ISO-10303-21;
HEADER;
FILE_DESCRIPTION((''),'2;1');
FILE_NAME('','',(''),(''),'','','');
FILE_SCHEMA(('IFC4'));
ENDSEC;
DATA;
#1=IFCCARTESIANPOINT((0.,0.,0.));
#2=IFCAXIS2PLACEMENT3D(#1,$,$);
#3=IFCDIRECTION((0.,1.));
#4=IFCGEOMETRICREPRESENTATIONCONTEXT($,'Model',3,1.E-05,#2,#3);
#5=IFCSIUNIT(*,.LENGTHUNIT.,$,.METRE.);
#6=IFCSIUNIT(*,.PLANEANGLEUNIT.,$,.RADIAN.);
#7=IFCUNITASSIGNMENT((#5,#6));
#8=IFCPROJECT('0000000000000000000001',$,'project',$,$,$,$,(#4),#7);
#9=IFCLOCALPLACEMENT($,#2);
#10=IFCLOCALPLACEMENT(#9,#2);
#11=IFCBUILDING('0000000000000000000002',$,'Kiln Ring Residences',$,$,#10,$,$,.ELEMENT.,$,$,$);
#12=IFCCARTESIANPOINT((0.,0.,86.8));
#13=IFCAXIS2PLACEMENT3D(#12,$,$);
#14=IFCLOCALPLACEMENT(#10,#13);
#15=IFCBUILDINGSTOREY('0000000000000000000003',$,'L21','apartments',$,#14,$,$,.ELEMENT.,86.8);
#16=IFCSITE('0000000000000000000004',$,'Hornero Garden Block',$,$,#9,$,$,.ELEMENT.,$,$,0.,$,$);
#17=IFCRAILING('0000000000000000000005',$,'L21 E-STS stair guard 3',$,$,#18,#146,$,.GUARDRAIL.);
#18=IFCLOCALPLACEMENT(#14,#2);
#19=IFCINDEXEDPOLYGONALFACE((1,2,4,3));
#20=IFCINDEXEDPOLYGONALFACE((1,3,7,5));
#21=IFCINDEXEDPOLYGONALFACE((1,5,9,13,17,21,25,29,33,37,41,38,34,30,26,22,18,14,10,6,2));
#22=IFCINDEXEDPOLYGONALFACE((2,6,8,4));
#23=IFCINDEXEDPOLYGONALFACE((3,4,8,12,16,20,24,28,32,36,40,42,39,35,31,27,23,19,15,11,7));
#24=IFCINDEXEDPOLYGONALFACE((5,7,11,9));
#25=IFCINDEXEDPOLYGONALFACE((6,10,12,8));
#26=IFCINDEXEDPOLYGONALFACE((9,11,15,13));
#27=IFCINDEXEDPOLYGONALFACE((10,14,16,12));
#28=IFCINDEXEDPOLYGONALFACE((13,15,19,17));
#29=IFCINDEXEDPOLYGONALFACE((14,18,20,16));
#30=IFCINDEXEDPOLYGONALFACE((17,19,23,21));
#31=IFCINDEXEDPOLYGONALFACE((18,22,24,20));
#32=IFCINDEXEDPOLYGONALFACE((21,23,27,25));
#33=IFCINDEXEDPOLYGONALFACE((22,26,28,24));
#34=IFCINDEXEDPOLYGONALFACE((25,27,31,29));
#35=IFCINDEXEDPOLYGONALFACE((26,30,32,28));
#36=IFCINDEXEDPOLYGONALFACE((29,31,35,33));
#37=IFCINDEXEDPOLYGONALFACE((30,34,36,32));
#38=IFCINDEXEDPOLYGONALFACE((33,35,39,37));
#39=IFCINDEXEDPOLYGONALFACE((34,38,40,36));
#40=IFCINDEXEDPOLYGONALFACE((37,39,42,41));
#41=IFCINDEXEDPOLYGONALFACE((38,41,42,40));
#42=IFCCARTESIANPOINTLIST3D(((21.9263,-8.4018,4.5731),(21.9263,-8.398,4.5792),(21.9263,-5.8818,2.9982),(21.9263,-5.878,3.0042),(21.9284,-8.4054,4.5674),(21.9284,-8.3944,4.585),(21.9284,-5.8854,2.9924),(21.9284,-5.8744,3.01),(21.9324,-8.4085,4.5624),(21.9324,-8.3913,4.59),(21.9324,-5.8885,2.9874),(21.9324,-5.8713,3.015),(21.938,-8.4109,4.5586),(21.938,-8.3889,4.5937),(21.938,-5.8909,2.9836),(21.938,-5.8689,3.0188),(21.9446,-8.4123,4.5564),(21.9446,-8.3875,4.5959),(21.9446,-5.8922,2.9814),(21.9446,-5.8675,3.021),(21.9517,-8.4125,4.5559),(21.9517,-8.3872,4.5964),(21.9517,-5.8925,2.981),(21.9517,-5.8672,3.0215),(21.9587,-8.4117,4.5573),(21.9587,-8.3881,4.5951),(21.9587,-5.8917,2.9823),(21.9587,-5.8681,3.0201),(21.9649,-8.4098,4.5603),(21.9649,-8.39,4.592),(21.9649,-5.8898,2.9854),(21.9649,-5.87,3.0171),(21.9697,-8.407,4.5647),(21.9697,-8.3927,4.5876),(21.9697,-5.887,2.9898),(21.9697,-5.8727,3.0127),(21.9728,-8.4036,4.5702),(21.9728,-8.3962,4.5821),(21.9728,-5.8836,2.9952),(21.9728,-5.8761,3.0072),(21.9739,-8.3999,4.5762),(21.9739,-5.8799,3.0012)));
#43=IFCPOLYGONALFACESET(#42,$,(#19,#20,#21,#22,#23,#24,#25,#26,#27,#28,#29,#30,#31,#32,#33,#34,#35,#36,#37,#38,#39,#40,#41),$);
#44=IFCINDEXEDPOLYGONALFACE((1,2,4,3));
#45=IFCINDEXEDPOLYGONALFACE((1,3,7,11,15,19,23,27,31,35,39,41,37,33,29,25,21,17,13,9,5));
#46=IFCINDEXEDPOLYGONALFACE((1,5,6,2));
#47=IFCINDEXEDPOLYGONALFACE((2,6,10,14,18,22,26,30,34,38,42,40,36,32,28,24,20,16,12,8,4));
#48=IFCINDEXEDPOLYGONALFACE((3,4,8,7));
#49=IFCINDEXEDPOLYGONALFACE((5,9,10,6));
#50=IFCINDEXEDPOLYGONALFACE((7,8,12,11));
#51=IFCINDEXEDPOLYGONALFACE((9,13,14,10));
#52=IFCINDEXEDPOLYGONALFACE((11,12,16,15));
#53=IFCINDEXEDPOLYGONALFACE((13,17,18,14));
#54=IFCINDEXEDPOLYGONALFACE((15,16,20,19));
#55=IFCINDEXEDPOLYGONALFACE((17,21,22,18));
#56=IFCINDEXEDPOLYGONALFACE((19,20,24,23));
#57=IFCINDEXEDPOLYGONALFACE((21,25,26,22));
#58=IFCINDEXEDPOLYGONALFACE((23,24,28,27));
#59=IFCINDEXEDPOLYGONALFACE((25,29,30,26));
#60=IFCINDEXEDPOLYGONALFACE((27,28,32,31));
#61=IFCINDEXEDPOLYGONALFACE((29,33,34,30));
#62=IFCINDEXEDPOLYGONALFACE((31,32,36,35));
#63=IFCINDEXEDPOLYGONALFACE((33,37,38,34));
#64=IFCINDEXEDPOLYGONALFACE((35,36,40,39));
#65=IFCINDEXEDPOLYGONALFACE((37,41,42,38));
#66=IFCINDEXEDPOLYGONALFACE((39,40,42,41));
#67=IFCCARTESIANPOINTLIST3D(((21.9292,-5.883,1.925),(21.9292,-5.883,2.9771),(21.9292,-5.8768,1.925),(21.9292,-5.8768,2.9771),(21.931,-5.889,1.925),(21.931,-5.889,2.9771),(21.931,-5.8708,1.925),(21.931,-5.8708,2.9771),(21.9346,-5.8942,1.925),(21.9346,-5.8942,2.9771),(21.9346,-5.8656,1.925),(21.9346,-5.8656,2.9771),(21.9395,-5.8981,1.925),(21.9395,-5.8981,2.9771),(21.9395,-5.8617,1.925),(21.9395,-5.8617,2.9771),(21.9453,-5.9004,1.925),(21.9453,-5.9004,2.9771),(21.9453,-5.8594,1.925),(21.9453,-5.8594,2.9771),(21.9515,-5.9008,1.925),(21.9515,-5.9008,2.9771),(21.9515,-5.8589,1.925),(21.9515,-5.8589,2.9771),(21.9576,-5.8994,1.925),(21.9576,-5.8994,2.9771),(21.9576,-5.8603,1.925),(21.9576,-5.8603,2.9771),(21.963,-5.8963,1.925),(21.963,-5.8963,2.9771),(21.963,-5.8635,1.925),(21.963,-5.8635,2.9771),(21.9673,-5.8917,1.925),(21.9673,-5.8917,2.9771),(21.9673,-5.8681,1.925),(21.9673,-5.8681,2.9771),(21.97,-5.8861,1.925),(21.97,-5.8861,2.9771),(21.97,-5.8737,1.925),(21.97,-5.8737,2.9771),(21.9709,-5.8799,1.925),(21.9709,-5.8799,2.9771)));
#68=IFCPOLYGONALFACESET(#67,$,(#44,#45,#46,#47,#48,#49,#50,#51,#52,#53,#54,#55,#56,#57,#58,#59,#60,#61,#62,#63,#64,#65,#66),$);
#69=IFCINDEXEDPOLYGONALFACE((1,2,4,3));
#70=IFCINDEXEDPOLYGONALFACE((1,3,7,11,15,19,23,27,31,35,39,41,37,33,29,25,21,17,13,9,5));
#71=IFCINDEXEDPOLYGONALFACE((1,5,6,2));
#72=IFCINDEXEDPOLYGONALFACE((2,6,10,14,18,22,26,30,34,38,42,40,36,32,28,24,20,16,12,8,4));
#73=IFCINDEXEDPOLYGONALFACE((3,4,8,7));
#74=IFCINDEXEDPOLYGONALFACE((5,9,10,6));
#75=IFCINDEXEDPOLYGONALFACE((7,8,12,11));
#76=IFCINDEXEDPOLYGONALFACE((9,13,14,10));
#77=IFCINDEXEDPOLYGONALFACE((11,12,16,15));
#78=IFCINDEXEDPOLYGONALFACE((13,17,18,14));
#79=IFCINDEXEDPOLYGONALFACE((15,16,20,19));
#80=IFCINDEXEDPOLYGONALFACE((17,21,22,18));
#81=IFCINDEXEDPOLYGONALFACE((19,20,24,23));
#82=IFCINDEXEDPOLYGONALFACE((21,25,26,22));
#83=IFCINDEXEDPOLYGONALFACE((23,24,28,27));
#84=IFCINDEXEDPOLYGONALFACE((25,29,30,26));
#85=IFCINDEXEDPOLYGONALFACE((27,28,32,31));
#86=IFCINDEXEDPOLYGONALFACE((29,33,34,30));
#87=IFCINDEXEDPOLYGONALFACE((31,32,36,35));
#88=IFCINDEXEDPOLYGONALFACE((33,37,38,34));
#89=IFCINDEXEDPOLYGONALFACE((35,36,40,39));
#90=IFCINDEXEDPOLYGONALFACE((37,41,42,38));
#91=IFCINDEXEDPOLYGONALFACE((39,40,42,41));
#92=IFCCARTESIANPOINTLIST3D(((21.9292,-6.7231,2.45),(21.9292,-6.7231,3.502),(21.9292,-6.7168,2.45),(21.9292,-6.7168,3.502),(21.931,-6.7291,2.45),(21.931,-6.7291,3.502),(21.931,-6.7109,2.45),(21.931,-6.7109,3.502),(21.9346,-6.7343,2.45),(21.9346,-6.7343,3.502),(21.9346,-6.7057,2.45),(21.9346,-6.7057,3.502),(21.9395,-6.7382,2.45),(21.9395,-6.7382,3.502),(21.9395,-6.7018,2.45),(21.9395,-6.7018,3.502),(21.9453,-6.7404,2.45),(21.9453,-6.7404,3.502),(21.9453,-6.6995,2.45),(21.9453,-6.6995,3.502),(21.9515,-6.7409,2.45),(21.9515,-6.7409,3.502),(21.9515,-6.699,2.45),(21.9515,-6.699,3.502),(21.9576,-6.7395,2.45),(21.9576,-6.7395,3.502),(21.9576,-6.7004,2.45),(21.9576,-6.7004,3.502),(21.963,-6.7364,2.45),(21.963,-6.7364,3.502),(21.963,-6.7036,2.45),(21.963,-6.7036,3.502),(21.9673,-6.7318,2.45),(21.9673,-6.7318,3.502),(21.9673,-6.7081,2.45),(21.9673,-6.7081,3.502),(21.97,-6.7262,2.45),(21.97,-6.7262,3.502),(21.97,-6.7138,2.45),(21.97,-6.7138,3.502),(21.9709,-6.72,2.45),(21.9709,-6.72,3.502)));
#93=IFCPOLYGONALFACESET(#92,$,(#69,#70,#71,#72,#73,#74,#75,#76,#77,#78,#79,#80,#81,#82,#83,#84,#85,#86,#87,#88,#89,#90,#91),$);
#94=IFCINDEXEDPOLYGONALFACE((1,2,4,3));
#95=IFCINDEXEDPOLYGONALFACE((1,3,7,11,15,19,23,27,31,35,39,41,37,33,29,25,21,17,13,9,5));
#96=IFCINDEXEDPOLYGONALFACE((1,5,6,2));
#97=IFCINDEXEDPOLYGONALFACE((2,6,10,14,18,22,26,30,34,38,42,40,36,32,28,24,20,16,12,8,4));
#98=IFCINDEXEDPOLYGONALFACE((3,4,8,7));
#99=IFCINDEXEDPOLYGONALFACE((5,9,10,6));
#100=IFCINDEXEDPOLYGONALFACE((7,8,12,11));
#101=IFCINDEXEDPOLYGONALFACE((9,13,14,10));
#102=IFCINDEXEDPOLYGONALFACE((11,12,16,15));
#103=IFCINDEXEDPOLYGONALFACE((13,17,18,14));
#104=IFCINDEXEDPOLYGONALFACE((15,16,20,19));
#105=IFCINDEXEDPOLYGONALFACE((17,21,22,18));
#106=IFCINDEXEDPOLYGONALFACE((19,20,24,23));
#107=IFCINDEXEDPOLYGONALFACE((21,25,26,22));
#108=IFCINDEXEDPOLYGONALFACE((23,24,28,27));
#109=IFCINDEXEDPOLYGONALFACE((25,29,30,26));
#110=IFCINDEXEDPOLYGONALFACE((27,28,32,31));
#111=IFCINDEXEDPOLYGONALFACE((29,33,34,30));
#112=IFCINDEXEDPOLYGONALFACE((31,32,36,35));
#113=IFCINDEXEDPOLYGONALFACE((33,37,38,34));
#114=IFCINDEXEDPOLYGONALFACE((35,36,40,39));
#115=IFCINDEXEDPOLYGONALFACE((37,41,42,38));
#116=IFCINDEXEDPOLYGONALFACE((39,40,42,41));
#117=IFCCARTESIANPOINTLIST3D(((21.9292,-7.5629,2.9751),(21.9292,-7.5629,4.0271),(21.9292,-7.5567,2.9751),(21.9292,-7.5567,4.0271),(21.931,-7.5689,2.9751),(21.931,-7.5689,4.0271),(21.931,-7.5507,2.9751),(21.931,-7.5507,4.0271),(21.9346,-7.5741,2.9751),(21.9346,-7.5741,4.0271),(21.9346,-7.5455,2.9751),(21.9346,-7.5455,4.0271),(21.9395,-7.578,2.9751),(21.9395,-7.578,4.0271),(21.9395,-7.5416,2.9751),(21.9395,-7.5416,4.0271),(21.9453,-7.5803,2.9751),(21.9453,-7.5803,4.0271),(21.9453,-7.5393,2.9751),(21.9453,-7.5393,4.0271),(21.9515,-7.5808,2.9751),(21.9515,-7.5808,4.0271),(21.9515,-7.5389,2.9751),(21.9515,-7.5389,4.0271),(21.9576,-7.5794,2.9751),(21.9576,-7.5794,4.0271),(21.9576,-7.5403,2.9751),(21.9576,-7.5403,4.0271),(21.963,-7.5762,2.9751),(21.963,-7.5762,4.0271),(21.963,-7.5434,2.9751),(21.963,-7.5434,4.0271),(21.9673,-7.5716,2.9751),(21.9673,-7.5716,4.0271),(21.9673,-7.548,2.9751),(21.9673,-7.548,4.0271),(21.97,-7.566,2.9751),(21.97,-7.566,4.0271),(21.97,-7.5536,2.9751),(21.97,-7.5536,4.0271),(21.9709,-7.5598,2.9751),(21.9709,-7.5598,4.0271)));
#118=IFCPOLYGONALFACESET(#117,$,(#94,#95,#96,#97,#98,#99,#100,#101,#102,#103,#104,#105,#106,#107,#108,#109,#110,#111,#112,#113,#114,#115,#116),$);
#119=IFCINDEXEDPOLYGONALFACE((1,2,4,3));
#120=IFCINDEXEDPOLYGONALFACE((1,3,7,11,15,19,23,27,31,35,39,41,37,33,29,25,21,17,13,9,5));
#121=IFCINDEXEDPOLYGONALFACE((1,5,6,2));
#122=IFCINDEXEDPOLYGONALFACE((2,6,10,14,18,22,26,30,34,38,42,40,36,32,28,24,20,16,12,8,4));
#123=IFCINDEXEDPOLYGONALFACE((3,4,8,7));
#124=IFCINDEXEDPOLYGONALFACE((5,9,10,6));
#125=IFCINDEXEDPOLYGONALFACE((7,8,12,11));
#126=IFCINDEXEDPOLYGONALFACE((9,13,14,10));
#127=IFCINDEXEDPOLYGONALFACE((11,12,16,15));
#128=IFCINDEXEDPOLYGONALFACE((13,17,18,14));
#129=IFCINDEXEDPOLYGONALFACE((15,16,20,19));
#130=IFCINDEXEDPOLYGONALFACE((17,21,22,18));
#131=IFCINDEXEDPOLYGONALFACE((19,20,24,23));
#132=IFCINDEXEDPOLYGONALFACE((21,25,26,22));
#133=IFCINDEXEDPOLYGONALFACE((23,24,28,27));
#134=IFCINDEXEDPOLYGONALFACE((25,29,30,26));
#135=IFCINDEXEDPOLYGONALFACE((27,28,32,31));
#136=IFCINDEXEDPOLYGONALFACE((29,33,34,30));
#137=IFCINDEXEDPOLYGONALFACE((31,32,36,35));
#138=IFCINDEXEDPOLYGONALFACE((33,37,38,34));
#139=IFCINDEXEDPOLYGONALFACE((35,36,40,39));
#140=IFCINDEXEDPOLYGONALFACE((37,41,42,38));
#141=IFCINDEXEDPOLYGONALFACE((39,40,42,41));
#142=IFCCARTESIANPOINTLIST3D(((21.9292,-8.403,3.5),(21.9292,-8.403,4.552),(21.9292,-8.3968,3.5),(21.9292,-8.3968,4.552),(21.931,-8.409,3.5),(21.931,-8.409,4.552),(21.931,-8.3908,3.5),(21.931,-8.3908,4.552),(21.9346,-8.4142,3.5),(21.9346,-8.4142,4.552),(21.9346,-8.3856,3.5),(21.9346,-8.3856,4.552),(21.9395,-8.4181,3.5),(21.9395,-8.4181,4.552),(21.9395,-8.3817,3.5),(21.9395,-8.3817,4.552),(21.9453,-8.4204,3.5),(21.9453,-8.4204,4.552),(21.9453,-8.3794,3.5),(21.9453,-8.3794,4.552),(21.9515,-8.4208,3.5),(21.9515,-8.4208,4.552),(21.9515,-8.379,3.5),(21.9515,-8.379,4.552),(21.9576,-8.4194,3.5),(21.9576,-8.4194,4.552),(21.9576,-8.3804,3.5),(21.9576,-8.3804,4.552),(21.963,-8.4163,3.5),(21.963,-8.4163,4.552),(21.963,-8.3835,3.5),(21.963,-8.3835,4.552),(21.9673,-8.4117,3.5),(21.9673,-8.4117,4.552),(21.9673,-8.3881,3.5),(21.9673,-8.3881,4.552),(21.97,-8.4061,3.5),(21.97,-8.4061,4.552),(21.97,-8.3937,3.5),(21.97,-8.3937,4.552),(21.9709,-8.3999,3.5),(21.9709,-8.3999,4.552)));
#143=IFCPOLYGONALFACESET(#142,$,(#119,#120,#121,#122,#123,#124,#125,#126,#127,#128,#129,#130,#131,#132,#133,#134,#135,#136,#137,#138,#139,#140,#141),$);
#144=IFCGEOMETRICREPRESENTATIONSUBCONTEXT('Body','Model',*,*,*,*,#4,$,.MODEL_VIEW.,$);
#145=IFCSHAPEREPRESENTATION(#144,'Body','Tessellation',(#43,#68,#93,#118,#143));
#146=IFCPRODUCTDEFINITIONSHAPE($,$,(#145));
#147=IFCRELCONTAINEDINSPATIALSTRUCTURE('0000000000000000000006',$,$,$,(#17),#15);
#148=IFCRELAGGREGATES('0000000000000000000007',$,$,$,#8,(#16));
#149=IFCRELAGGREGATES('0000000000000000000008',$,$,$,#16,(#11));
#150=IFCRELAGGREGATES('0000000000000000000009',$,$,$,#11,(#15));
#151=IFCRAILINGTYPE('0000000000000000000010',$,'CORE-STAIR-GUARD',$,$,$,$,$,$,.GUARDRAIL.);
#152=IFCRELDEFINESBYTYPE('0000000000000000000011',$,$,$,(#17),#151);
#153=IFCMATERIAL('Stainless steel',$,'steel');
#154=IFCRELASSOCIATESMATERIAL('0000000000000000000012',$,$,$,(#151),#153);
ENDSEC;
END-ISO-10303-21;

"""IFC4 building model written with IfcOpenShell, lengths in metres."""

from ifc_helpers import new_model, si_unit, direction, frame, origin, origin_2d, place, context, subcontext, project, spatial, circle, extrude, material, type_object, element, save


model = new_model("IFC4")

# Units and contexts
model_context = context("Model", 3, precision=1e-05, world=origin(), true_north=direction((0.0, 1.0)))
body_context = subcontext(model_context, "Body", "Model", "MODEL_VIEW")
ifc_project = project(units=[si_unit("LENGTHUNIT", "METRE"), si_unit("PLANEANGLEUNIT", "RADIAN")], contexts=[model_context])

# Site, building, storey
site_placement = place(None, origin())
site = spatial("IfcSite", under=ifc_project, at=site_placement, Name="Hornero Garden Block", CompositionType="ELEMENT", RefElevation=0.0)
building_placement = place(site_placement, origin())
building = spatial("IfcBuilding", under=site, at=building_placement, Name="Kiln Ring Residences", CompositionType="ELEMENT")
storey_placement = place(building_placement, frame((0.0, 0.0, 86.8)))
storey = spatial("IfcBuildingStorey", under=building, at=storey_placement, Name="L21", Description="apartments", CompositionType="ELEMENT", Elevation=86.8)

# Railing
ifc_material_1 = material(Name="Stainless steel", Category="steel")
railing_type_1 = type_object("IfcRailingType", Name="CORE-STAIR-GUARD", PredefinedType="GUARDRAIL", material=ifc_material_1)
railing_1_placement = place(storey_placement, frame((21.95, -5.8799, 1.925)))
element("IfcRailing", 1, at=railing_1_placement, inside=storey, type_object=railing_type_1, Name="L21 E-STS stair guard 3", PredefinedType="GUARDRAIL", context=body_context, shape_type="SweptSolid", body=[
    extrude(circle(Radius=0.0239, at=origin_2d()), frame((0.0, 0.0, 1.0762), z_axis=(0.0, -0.848008, 0.529984), x_axis=(1.0, 0.0, 0.0)), (0.0, 0.0, 1.0), 2.9717),
    extrude(circle(Radius=0.021, at=origin_2d()), origin(), (0.0, 0.0, 1.0), 1.052),
    extrude(circle(Radius=0.021, at=origin_2d()), frame((0.0, -0.8401, 0.5249)), (0.0, 0.0, 1.0), 1.052),
    extrude(circle(Radius=0.021, at=origin_2d()), frame((0.0, -1.6799, 1.05)), (0.0, 0.0, 1.0), 1.052),
    extrude(circle(Radius=0.021, at=origin_2d()), frame((0.0, -2.52, 1.575)), (0.0, 0.0, 1.0), 1.052),
])

save(model, "model.ifc")
